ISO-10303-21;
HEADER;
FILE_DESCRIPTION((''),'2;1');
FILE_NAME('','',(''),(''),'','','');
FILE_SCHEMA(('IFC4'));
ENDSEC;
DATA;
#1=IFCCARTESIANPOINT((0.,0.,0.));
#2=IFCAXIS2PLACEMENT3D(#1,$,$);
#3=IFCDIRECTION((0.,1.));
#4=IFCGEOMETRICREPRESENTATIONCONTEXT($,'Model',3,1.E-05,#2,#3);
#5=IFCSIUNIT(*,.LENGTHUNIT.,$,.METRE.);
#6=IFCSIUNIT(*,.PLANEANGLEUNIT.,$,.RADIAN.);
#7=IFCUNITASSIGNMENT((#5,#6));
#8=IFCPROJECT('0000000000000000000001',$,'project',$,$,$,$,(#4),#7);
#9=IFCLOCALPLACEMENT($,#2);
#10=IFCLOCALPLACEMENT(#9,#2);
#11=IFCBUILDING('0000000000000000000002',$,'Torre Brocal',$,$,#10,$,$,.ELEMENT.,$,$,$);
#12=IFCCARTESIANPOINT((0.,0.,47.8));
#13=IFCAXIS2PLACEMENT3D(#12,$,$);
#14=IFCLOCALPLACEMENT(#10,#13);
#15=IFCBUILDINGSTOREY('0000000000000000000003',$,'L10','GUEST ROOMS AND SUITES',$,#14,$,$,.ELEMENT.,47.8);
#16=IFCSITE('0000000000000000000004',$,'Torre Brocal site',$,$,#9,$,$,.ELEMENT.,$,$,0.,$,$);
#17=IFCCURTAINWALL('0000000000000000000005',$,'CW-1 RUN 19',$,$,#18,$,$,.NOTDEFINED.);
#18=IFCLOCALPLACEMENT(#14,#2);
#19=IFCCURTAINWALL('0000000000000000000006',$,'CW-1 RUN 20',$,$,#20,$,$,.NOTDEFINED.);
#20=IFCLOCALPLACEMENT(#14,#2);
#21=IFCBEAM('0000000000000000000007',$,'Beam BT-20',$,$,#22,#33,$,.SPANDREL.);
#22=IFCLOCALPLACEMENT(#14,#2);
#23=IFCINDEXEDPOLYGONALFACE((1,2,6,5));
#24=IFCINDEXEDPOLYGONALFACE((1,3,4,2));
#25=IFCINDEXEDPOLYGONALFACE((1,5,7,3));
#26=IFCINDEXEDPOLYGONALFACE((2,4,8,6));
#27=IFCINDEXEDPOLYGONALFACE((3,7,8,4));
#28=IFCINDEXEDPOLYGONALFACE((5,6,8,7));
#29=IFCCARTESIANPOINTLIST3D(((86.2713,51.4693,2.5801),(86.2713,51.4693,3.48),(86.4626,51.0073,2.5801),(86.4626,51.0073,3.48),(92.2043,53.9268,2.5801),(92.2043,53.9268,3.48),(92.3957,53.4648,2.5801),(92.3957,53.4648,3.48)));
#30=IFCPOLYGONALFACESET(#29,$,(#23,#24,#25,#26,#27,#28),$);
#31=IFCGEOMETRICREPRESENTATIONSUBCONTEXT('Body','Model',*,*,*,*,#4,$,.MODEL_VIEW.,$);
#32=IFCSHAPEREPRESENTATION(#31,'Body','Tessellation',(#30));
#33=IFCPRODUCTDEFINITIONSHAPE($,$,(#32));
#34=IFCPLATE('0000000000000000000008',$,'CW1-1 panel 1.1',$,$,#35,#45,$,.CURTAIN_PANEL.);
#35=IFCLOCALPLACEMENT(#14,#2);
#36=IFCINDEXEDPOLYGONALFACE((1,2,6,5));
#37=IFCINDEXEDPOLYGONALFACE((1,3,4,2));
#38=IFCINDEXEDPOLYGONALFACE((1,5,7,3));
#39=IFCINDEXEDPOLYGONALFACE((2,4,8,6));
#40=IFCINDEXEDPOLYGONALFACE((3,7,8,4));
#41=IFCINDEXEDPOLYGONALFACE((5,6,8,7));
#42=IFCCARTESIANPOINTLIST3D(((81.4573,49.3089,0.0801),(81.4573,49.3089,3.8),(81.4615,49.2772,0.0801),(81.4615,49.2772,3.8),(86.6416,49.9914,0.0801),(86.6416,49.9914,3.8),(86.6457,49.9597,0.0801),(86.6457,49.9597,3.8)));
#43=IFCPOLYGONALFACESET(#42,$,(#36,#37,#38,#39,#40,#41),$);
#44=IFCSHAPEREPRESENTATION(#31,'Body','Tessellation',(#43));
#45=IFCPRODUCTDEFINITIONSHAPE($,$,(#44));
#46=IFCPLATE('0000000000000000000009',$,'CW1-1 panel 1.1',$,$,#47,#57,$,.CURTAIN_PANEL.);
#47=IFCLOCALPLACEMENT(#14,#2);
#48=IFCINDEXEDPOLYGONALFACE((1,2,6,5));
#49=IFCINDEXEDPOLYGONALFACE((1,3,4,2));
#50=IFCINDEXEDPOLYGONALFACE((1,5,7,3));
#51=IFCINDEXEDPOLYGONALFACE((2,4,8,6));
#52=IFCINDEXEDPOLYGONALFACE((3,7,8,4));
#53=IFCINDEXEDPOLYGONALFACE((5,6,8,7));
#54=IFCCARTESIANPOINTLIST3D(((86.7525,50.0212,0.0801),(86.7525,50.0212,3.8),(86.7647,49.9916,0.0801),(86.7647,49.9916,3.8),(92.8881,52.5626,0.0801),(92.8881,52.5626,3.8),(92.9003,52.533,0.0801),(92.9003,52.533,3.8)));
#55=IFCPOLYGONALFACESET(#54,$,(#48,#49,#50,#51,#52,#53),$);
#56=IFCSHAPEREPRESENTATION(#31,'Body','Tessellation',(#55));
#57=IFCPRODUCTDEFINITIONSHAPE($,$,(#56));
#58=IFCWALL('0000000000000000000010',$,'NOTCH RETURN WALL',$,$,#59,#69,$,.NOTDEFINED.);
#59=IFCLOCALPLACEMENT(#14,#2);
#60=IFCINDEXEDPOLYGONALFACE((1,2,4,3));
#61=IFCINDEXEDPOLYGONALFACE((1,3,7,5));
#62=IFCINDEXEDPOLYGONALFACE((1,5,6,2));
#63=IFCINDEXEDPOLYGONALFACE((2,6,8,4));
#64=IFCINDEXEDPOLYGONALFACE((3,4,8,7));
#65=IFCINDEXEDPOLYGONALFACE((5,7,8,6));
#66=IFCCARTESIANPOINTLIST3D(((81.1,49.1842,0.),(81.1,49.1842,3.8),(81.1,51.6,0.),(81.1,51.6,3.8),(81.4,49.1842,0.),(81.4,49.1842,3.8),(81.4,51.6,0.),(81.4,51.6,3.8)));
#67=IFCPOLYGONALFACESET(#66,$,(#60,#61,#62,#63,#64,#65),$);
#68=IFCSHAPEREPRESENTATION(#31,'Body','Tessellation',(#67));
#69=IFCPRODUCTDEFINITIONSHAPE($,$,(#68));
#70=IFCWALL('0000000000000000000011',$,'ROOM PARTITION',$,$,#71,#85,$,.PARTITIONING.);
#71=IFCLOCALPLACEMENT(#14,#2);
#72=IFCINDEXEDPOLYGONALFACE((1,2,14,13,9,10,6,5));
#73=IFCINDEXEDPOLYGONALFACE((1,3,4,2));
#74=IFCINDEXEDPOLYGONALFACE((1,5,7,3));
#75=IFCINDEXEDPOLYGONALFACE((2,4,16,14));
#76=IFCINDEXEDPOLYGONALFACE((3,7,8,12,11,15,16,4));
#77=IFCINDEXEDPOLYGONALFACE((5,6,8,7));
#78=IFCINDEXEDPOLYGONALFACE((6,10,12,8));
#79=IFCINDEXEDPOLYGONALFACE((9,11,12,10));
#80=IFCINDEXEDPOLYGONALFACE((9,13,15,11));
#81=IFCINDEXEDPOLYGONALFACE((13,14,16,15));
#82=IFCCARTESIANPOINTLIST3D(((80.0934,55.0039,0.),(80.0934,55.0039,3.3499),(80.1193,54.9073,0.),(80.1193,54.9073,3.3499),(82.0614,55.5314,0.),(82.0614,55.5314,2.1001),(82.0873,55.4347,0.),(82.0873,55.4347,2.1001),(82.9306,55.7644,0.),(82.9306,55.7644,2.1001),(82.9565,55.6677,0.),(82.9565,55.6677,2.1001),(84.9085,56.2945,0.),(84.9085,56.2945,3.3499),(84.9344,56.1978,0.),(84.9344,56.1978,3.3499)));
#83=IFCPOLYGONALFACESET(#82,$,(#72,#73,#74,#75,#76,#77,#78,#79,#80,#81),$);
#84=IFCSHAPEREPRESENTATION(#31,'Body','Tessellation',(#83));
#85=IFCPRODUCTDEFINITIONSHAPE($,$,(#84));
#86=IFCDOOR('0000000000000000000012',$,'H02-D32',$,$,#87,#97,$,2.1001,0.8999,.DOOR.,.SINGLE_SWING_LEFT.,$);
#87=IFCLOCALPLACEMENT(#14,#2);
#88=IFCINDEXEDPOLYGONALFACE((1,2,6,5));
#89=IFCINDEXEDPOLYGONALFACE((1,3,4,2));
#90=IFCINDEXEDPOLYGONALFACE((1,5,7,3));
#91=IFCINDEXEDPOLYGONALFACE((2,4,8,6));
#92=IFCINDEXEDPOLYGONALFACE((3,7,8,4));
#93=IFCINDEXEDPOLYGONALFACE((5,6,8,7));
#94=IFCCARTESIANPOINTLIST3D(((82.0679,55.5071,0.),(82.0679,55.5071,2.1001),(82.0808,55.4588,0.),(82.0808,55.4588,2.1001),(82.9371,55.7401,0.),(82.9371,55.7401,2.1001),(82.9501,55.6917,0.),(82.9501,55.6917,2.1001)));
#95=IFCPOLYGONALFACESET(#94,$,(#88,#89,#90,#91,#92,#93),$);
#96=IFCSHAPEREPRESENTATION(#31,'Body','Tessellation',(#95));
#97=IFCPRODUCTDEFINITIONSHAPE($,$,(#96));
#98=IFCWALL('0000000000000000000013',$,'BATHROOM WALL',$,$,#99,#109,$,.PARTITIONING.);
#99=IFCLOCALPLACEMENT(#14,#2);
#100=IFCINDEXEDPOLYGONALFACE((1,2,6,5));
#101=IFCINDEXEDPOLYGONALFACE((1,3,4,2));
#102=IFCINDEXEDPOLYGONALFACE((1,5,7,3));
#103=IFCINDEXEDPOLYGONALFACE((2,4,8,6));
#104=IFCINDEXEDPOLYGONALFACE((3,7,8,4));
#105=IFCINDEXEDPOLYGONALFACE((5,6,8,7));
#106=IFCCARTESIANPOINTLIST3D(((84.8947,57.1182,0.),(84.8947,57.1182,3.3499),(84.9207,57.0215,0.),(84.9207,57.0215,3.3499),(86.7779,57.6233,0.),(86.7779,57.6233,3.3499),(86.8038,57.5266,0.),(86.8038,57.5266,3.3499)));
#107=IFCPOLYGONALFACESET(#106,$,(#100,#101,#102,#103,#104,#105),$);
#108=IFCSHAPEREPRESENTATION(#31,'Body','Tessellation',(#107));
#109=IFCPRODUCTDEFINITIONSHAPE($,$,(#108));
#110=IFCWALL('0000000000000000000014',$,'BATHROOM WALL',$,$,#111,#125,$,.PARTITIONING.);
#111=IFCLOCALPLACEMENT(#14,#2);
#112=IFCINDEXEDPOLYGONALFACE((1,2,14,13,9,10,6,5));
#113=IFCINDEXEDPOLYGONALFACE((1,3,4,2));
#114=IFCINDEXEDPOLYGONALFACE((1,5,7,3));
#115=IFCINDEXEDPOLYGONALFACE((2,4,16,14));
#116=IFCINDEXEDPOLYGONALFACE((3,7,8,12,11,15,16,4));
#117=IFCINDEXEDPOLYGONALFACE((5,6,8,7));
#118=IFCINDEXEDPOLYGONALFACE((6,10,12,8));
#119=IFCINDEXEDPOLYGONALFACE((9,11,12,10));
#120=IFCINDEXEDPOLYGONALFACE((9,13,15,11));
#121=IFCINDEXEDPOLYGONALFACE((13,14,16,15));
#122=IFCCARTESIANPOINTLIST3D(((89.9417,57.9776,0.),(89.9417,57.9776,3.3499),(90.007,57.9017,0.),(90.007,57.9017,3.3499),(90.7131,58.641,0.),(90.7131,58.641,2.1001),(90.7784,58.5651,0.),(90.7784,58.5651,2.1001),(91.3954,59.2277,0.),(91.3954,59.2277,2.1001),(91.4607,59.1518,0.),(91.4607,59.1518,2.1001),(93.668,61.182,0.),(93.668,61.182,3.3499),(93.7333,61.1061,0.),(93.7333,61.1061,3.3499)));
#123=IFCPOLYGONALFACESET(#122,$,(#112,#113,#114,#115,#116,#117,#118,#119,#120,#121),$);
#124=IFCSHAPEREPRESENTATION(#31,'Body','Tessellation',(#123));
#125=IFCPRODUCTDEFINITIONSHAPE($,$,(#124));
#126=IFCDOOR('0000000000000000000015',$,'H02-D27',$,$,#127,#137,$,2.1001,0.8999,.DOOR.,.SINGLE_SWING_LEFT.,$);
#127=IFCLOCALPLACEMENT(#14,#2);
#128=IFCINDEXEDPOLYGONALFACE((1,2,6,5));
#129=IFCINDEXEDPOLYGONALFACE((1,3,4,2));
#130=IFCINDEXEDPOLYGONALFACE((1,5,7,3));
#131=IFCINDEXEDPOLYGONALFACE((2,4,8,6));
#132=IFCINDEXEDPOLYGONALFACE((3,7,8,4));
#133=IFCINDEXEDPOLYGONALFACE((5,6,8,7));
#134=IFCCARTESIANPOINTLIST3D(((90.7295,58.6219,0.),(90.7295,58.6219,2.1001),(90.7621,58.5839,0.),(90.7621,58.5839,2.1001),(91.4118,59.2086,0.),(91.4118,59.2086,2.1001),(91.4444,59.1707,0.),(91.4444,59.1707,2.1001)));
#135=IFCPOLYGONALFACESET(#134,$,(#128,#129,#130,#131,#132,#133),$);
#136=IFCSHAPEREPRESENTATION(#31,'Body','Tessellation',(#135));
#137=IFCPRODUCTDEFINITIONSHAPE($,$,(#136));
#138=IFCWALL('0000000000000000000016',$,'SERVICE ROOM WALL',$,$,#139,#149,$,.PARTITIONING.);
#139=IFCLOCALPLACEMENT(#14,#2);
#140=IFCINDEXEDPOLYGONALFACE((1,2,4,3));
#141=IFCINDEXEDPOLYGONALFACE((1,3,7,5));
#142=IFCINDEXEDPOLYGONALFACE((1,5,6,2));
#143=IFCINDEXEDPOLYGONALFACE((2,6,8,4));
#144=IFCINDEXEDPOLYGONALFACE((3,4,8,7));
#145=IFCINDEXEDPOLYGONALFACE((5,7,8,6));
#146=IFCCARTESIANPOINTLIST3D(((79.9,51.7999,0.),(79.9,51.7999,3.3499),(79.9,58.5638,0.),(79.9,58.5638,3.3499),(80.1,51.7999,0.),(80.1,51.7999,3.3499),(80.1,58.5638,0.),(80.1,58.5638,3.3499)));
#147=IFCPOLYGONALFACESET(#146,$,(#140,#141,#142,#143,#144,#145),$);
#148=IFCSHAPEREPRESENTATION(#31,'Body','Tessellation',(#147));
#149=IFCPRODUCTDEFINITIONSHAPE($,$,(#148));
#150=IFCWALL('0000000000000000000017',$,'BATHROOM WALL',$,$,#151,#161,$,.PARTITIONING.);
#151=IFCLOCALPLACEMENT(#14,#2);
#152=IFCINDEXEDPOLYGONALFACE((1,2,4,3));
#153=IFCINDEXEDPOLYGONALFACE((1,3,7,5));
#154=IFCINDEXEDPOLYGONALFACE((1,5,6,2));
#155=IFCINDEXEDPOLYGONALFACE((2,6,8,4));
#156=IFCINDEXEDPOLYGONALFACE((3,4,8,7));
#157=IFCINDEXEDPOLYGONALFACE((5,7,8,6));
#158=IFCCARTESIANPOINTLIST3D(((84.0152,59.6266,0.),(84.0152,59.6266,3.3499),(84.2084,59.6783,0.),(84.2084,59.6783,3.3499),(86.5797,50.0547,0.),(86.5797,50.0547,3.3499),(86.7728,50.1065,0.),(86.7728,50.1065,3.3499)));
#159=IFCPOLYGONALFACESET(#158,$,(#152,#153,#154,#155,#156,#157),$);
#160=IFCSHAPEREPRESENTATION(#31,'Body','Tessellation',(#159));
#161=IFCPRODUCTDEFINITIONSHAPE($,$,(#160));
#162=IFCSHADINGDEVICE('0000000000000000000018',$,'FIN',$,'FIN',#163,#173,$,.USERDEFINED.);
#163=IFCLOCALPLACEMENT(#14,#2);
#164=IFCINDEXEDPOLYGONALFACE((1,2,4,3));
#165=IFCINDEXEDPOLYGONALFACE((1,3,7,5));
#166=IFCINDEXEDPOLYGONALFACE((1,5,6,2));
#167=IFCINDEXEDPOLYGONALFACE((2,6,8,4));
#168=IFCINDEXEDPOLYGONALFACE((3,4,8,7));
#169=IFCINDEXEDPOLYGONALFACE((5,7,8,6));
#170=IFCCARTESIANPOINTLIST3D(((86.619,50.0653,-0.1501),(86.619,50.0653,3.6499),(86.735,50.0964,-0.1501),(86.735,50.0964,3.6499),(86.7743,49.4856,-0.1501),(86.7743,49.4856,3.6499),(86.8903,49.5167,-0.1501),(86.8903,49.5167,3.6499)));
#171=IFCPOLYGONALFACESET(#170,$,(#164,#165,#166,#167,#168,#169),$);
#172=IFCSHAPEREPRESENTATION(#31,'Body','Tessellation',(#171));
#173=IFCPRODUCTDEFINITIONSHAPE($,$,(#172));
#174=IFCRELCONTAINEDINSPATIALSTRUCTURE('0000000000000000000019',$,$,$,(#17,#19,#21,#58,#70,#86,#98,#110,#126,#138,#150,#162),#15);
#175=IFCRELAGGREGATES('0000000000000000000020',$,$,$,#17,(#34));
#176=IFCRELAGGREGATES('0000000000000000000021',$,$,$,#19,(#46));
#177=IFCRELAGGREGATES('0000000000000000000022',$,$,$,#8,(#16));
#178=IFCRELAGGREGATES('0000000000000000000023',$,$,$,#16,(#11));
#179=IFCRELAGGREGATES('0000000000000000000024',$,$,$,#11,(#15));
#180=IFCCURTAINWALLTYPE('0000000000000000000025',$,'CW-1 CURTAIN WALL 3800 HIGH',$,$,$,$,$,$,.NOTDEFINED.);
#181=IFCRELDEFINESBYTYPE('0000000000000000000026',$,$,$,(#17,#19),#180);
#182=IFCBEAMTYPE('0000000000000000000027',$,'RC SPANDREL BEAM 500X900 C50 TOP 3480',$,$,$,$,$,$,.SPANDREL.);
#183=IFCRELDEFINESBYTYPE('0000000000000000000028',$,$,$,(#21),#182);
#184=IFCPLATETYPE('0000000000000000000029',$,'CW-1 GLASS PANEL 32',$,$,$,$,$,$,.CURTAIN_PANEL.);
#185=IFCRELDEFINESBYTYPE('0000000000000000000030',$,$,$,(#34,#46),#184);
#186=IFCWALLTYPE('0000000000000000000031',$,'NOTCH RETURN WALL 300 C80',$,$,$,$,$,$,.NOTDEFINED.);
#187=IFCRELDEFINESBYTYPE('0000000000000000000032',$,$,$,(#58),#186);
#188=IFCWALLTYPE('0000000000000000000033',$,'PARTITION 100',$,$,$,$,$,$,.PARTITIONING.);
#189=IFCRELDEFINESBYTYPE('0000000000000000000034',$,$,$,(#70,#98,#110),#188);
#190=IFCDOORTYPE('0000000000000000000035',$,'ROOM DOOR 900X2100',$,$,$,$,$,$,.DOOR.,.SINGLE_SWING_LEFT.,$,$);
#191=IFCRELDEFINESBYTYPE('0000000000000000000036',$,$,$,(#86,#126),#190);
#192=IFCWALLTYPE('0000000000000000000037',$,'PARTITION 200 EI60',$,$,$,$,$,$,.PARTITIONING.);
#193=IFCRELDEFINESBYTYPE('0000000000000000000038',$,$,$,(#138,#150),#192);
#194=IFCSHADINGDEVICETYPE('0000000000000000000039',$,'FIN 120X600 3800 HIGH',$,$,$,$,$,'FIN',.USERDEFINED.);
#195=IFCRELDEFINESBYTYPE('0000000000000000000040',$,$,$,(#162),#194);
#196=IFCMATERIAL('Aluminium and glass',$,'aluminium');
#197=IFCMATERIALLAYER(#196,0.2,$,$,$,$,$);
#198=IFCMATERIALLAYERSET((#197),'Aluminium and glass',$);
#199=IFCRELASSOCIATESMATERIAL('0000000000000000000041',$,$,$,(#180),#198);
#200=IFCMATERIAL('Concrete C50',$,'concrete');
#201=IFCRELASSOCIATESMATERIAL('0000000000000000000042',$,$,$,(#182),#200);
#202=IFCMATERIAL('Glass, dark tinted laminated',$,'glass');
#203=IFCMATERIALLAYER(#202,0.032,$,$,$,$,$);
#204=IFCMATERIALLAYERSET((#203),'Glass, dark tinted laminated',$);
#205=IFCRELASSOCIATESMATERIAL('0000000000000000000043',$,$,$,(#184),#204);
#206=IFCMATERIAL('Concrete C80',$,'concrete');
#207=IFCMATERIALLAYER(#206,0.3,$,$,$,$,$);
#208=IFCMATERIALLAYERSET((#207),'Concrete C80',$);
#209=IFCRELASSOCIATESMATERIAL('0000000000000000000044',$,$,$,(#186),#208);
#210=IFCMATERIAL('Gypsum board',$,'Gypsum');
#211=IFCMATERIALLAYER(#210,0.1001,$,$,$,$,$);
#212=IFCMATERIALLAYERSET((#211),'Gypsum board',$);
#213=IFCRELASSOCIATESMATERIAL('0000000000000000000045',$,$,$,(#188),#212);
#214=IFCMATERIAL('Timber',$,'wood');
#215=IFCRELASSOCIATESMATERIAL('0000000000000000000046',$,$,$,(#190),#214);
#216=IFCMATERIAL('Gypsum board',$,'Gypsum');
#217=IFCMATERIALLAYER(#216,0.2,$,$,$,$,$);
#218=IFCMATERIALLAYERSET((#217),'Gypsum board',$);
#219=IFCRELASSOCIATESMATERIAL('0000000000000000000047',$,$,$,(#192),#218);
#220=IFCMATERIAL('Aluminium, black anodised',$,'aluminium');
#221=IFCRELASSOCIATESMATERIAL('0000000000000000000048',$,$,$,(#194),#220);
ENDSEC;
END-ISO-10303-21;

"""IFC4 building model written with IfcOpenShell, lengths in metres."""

from ifc_helpers import new_model, si_unit, direction, frame, frame_2d, origin, origin_2d, place, context, subcontext, project, spatial, rectangle, extrude, material, layer, layer_set, material_profile, profile_set, type_object, element, fill, aggregate, save


model = new_model("IFC4")

# Units and contexts
model_context = context("Model", 3, precision=1e-05, world=origin(), true_north=direction((0.0, 1.0)))
body_context = subcontext(model_context, "Body", "Model", "MODEL_VIEW")
ifc_project = project(units=[si_unit("LENGTHUNIT", "METRE"), si_unit("PLANEANGLEUNIT", "RADIAN")], contexts=[model_context])

# Site, building, storey
site_placement = place(None, origin())
site = spatial("IfcSite", under=ifc_project, at=site_placement, Name="Torre Brocal site", CompositionType="ELEMENT", RefElevation=0.0)
building_placement = place(site_placement, origin())
building = spatial("IfcBuilding", under=site, at=building_placement, Name="Torre Brocal", CompositionType="ELEMENT")
storey_placement = place(building_placement, frame((0.0, 0.0, 47.8)))
storey = spatial("IfcBuildingStorey", under=building, at=storey_placement, Name="L10", Description="GUEST ROOMS AND SUITES", CompositionType="ELEMENT", Elevation=47.8)

# Curtain wall
ifc_material_1 = material(Name="Aluminium and glass", Category="aluminium")
ifc_layer_1 = layer(ifc_material_1, 0.2)
ifc_layer_set_1 = layer_set([ifc_layer_1], Name="Aluminium and glass")
curtain_wall_type = type_object("IfcCurtainWallType", Name="CW-1 CURTAIN WALL 3800 HIGH", PredefinedType="NOTDEFINED", material=ifc_layer_set_1)
curtain_wall_1_placement = place(storey_placement, origin())
curtain_wall_1 = element("IfcCurtainWall", 1, at=curtain_wall_1_placement, inside=storey, type_object=curtain_wall_type, Name="CW-1 RUN 19", PredefinedType="NOTDEFINED")

# Curtain wall
curtain_wall_2_placement = place(storey_placement, origin())
curtain_wall_2 = element("IfcCurtainWall", 2, at=curtain_wall_2_placement, inside=storey, type_object=curtain_wall_type, Name="CW-1 RUN 20", PredefinedType="NOTDEFINED")

# Beam
ifc_material_2 = material(Name="Concrete C50", Category="concrete")
ifc_material_profile_1 = material_profile(ifc_material_2, rectangle(XDim=0.5, YDim=0.8999, at=origin_2d()), Name="RC 500X900")
ifc_profile_set_1 = profile_set([ifc_material_profile_1], Name="Concrete C50")
beam_type_1 = type_object("IfcBeamType", Name="RC SPANDREL BEAM 500X900 C50 TOP 3480", PredefinedType="SPANDREL", material=ifc_profile_set_1)
beam_1_placement = place(storey_placement, frame((86.3669, 51.2383, 3.03), z_axis=(0.923882, 0.382676, 0.0), x_axis=(-0.382676, 0.923882, 0.0)))
element("IfcBeam", 3, at=beam_1_placement, inside=storey, type_object=beam_type_1, Name="Beam BT-20", PredefinedType="SPANDREL", context=body_context, shape_type="SweptSolid", body=[
    extrude(rectangle(XDim=0.5, YDim=0.8999, at=origin_2d()), origin(), (0.0, 0.0, 1.0), 6.4219),
])

# Plates
ifc_material_3 = material(Name="Glass, dark tinted laminated", Category="glass")
ifc_layer_2 = layer(ifc_material_3, 0.032)
ifc_layer_set_2 = layer_set([ifc_layer_2], Name="Glass, dark tinted laminated")
plate_type = type_object("IfcPlateType", Name="CW-1 GLASS PANEL 32", PredefinedType="CURTAIN_PANEL", material=ifc_layer_set_2)
plate_1_placement = place(storey_placement, frame((84.0515, 49.6343, 0.0801), z_axis=(0.0, 0.0, 1.0), x_axis=(0.991445, 0.130526, 0.0)))
plate_1 = element("IfcPlate", 4, at=plate_1_placement, type_object=plate_type, Name="CW1-1 panel 1.1", PredefinedType="CURTAIN_PANEL", context=body_context, shape_type="SweptSolid", body=[
    extrude(rectangle(XDim=5.229, YDim=0.032, at=origin_2d()), origin(), (0.0, 0.0, 1.0), 3.72),
])
aggregate(curtain_wall_1, [plate_1])
plate_2_placement = place(storey_placement, frame((89.8264, 51.2771, 0.0801), z_axis=(0.0, 0.0, 1.0), x_axis=(0.92388, 0.382683, 0.0)))
plate_2 = element("IfcPlate", 5, at=plate_2_placement, type_object=plate_type, Name="CW1-1 panel 1.1", PredefinedType="CURTAIN_PANEL", context=body_context, shape_type="SweptSolid", body=[
    extrude(rectangle(XDim=6.6411, YDim=0.032, at=origin_2d()), origin(), (0.0, 0.0, 1.0), 3.72),
])
aggregate(curtain_wall_2, [plate_2])

# Wall
ifc_material_4 = material(Name="Concrete C80", Category="concrete")
ifc_layer_3 = layer(ifc_material_4, 0.3)
ifc_layer_set_3 = layer_set([ifc_layer_3], Name="Concrete C80")
wall_type_1 = type_object("IfcWallType", Name="NOTCH RETURN WALL 300 C80", PredefinedType="NOTDEFINED", material=ifc_layer_set_3)
wall_1_placement = place(storey_placement, frame((81.25, 51.6001, 0.0), z_axis=(0.0, 0.0, 1.0), x_axis=(0.0, -1.0, 0.0)))
element("IfcWall", 6, at=wall_1_placement, inside=storey, type_object=wall_type_1, Name="NOTCH RETURN WALL", PredefinedType="NOTDEFINED", context=body_context, shape_type="SweptSolid", body=[
    extrude(rectangle(XDim=2.4158, YDim=0.3, at=frame_2d((1.208, 0.0))), origin(), (0.0, 0.0, 1.0), 3.8),
])

# Wall, opening, door
ifc_material_5 = material(Name="Gypsum board", Category="Gypsum")
ifc_layer_4 = layer(ifc_material_5, 0.1001)
ifc_layer_set_4 = layer_set([ifc_layer_4], Name="Gypsum board")
wall_type_2 = type_object("IfcWallType", Name="PARTITION 100", PredefinedType="PARTITIONING", material=ifc_layer_set_4)
wall_2_placement = place(storey_placement, frame((80.1062, 54.9556, 0.0), z_axis=(0.0, 0.0, 1.0), x_axis=(0.965911, 0.258876, 0.0)))
wall_2 = element("IfcWall", 7, at=wall_2_placement, inside=storey, type_object=wall_type_2, Name="ROOM PARTITION", PredefinedType="PARTITIONING", context=body_context, shape_type="SweptSolid", body=[
    extrude(rectangle(XDim=4.9851, YDim=0.1001, at=frame_2d((2.4927, 0.0))), origin(), (0.0, 0.0, 1.0), 3.3499),
])
opening_1_placement = place(wall_2_placement, frame((2.0376, 0.0, 0.0)))
opening_1 = element("IfcOpeningElement", 8, at=opening_1_placement, cuts=wall_2, PredefinedType="OPENING", context=body_context, shape_type="SweptSolid", body=[
    extrude(rectangle(XDim=0.8999, YDim=2.1001, at=frame_2d((0.45, 1.05))), frame((0.0, 0.0601, 0.0), z_axis=(0.0, -1.0, 0.0), x_axis=(1.0, 0.0, 0.0)), (0.0, 0.0, 1.0), 0.1201),
])
ifc_material_6 = material(Name="Timber", Category="wood")
door_type = type_object("IfcDoorType", Name="ROOM DOOR 900X2100", OperationType="SINGLE_SWING_LEFT", PredefinedType="DOOR", material=ifc_material_6)
door_1_placement = place(opening_1_placement, origin())
door_1 = element("IfcDoor", 9, at=door_1_placement, inside=storey, type_object=door_type, Name="H02-D32", OperationType="SINGLE_SWING_LEFT", OverallHeight=2.1001, OverallWidth=0.8999, PredefinedType="DOOR", context=body_context, shape_type="SweptSolid", body=[
    extrude(rectangle(XDim=0.8999, YDim=2.1001, at=frame_2d((0.45, 1.05))), frame((0.0, 0.0249, 0.0), z_axis=(0.0, -1.0, 0.0), x_axis=(1.0, 0.0, 0.0)), (0.0, 0.0, 1.0), 0.05),
])
fill(opening_1, door_1)

# Wall
wall_3_placement = place(storey_placement, frame((84.9077, 57.0698, 0.0), z_axis=(0.0, 0.0, 1.0), x_axis=(0.965854, 0.259089, 0.0)))
element("IfcWall", 10, at=wall_3_placement, inside=storey, type_object=wall_type_2, Name="BATHROOM WALL", PredefinedType="PARTITIONING", context=body_context, shape_type="SweptSolid", body=[
    extrude(rectangle(XDim=1.9497, YDim=0.1001, at=frame_2d((0.9749, 0.0))), origin(), (0.0, 0.0, 1.0), 3.3499),
])

# Wall, opening, door
wall_4_placement = place(storey_placement, frame((89.9744, 57.9397, 0.0), z_axis=(0.0, 0.0, 1.0), x_axis=(0.758214, 0.652006, 0.0)))
wall_4 = element("IfcWall", 11, at=wall_4_placement, inside=storey, type_object=wall_type_2, Name="BATHROOM WALL", PredefinedType="PARTITIONING", context=body_context, shape_type="SweptSolid", body=[
    extrude(rectangle(XDim=4.9146, YDim=0.1001, at=frame_2d((2.4573, 0.0))), origin(), (0.0, 0.0, 1.0), 3.3499),
])
opening_2_placement = place(wall_4_placement, frame((1.0173, 0.0, 0.0)))
opening_2 = element("IfcOpeningElement", 12, at=opening_2_placement, cuts=wall_4, PredefinedType="OPENING", context=body_context, shape_type="SweptSolid", body=[
    extrude(rectangle(XDim=0.8999, YDim=2.1001, at=frame_2d((0.45, 1.05))), frame((0.0, 0.0601, 0.0), z_axis=(0.0, -1.0, 0.0), x_axis=(1.0, 0.0, 0.0)), (0.0, 0.0, 1.0), 0.1201),
])
door_2_placement = place(opening_2_placement, origin())
door_2 = element("IfcDoor", 13, at=door_2_placement, inside=storey, type_object=door_type, Name="H02-D27", OperationType="SINGLE_SWING_LEFT", OverallHeight=2.1001, OverallWidth=0.8999, PredefinedType="DOOR", context=body_context, shape_type="SweptSolid", body=[
    extrude(rectangle(XDim=0.8999, YDim=2.1001, at=frame_2d((0.45, 1.05))), frame((0.0, 0.0249, 0.0), z_axis=(0.0, -1.0, 0.0), x_axis=(1.0, 0.0, 0.0)), (0.0, 0.0, 1.0), 0.05),
])
fill(opening_2, door_2)

# Walls
ifc_material_7 = material(Name="Gypsum board", Category="Gypsum")
ifc_layer_5 = layer(ifc_material_7, 0.2)
ifc_layer_set_5 = layer_set([ifc_layer_5], Name="Gypsum board")
wall_type_3 = type_object("IfcWallType", Name="PARTITION 200 EI60", PredefinedType="PARTITIONING", material=ifc_layer_set_5)
wall_5_placement = place(storey_placement, frame((80.0, 51.8, 0.0), z_axis=(0.0, 0.0, 1.0), x_axis=(0.0, 1.0, 0.0)))
element("IfcWall", 14, at=wall_5_placement, inside=storey, type_object=wall_type_3, Name="SERVICE ROOM WALL", PredefinedType="PARTITIONING", context=body_context, shape_type="SweptSolid", body=[
    extrude(rectangle(XDim=6.7639, YDim=0.2, at=frame_2d((3.3818, 0.0))), origin(), (0.0, 0.0, 1.0), 3.3499),
])
wall_6_placement = place(storey_placement, frame((84.1118, 59.6523, 0.0), z_axis=(0.0, 0.0, 1.0), x_axis=(0.258791, -0.965933, 0.0)))
element("IfcWall", 15, at=wall_6_placement, inside=storey, type_object=wall_type_3, Name="BATHROOM WALL", PredefinedType="PARTITIONING", context=body_context, shape_type="SweptSolid", body=[
    extrude(rectangle(XDim=9.9094, YDim=0.2, at=frame_2d((4.9546, 0.0))), origin(), (0.0, 0.0, 1.0), 3.3499),
])

# Shading device
ifc_material_8 = material(Name="Aluminium, black anodised", Category="aluminium")
ifc_material_profile_2 = material_profile(ifc_material_8, rectangle(XDim=0.1201, YDim=0.6001, at=origin_2d()), Name="FIN 120X600 3800 HIGH")
ifc_profile_set_2 = profile_set([ifc_material_profile_2], Name="Aluminium, black anodised")
shading_device_type = type_object("IfcShadingDeviceType", Name="FIN 120X600 3800 HIGH", ElementType="FIN", PredefinedType="USERDEFINED", material=ifc_profile_set_2)
shading_device_placement = place(storey_placement, frame((86.7546, 49.791, -0.1501), z_axis=(0.0, 0.0, 1.0), x_axis=(0.965926, 0.258819, 0.0)))
element("IfcShadingDevice", 16, at=shading_device_placement, inside=storey, type_object=shading_device_type, Name="FIN", ObjectType="FIN", PredefinedType="USERDEFINED", context=body_context, shape_type="SweptSolid", body=[
    extrude(rectangle(XDim=0.1201, YDim=0.6001, at=origin_2d()), origin(), (0.0, 0.0, 1.0), 3.8),
])

save(model, "model.ifc")
